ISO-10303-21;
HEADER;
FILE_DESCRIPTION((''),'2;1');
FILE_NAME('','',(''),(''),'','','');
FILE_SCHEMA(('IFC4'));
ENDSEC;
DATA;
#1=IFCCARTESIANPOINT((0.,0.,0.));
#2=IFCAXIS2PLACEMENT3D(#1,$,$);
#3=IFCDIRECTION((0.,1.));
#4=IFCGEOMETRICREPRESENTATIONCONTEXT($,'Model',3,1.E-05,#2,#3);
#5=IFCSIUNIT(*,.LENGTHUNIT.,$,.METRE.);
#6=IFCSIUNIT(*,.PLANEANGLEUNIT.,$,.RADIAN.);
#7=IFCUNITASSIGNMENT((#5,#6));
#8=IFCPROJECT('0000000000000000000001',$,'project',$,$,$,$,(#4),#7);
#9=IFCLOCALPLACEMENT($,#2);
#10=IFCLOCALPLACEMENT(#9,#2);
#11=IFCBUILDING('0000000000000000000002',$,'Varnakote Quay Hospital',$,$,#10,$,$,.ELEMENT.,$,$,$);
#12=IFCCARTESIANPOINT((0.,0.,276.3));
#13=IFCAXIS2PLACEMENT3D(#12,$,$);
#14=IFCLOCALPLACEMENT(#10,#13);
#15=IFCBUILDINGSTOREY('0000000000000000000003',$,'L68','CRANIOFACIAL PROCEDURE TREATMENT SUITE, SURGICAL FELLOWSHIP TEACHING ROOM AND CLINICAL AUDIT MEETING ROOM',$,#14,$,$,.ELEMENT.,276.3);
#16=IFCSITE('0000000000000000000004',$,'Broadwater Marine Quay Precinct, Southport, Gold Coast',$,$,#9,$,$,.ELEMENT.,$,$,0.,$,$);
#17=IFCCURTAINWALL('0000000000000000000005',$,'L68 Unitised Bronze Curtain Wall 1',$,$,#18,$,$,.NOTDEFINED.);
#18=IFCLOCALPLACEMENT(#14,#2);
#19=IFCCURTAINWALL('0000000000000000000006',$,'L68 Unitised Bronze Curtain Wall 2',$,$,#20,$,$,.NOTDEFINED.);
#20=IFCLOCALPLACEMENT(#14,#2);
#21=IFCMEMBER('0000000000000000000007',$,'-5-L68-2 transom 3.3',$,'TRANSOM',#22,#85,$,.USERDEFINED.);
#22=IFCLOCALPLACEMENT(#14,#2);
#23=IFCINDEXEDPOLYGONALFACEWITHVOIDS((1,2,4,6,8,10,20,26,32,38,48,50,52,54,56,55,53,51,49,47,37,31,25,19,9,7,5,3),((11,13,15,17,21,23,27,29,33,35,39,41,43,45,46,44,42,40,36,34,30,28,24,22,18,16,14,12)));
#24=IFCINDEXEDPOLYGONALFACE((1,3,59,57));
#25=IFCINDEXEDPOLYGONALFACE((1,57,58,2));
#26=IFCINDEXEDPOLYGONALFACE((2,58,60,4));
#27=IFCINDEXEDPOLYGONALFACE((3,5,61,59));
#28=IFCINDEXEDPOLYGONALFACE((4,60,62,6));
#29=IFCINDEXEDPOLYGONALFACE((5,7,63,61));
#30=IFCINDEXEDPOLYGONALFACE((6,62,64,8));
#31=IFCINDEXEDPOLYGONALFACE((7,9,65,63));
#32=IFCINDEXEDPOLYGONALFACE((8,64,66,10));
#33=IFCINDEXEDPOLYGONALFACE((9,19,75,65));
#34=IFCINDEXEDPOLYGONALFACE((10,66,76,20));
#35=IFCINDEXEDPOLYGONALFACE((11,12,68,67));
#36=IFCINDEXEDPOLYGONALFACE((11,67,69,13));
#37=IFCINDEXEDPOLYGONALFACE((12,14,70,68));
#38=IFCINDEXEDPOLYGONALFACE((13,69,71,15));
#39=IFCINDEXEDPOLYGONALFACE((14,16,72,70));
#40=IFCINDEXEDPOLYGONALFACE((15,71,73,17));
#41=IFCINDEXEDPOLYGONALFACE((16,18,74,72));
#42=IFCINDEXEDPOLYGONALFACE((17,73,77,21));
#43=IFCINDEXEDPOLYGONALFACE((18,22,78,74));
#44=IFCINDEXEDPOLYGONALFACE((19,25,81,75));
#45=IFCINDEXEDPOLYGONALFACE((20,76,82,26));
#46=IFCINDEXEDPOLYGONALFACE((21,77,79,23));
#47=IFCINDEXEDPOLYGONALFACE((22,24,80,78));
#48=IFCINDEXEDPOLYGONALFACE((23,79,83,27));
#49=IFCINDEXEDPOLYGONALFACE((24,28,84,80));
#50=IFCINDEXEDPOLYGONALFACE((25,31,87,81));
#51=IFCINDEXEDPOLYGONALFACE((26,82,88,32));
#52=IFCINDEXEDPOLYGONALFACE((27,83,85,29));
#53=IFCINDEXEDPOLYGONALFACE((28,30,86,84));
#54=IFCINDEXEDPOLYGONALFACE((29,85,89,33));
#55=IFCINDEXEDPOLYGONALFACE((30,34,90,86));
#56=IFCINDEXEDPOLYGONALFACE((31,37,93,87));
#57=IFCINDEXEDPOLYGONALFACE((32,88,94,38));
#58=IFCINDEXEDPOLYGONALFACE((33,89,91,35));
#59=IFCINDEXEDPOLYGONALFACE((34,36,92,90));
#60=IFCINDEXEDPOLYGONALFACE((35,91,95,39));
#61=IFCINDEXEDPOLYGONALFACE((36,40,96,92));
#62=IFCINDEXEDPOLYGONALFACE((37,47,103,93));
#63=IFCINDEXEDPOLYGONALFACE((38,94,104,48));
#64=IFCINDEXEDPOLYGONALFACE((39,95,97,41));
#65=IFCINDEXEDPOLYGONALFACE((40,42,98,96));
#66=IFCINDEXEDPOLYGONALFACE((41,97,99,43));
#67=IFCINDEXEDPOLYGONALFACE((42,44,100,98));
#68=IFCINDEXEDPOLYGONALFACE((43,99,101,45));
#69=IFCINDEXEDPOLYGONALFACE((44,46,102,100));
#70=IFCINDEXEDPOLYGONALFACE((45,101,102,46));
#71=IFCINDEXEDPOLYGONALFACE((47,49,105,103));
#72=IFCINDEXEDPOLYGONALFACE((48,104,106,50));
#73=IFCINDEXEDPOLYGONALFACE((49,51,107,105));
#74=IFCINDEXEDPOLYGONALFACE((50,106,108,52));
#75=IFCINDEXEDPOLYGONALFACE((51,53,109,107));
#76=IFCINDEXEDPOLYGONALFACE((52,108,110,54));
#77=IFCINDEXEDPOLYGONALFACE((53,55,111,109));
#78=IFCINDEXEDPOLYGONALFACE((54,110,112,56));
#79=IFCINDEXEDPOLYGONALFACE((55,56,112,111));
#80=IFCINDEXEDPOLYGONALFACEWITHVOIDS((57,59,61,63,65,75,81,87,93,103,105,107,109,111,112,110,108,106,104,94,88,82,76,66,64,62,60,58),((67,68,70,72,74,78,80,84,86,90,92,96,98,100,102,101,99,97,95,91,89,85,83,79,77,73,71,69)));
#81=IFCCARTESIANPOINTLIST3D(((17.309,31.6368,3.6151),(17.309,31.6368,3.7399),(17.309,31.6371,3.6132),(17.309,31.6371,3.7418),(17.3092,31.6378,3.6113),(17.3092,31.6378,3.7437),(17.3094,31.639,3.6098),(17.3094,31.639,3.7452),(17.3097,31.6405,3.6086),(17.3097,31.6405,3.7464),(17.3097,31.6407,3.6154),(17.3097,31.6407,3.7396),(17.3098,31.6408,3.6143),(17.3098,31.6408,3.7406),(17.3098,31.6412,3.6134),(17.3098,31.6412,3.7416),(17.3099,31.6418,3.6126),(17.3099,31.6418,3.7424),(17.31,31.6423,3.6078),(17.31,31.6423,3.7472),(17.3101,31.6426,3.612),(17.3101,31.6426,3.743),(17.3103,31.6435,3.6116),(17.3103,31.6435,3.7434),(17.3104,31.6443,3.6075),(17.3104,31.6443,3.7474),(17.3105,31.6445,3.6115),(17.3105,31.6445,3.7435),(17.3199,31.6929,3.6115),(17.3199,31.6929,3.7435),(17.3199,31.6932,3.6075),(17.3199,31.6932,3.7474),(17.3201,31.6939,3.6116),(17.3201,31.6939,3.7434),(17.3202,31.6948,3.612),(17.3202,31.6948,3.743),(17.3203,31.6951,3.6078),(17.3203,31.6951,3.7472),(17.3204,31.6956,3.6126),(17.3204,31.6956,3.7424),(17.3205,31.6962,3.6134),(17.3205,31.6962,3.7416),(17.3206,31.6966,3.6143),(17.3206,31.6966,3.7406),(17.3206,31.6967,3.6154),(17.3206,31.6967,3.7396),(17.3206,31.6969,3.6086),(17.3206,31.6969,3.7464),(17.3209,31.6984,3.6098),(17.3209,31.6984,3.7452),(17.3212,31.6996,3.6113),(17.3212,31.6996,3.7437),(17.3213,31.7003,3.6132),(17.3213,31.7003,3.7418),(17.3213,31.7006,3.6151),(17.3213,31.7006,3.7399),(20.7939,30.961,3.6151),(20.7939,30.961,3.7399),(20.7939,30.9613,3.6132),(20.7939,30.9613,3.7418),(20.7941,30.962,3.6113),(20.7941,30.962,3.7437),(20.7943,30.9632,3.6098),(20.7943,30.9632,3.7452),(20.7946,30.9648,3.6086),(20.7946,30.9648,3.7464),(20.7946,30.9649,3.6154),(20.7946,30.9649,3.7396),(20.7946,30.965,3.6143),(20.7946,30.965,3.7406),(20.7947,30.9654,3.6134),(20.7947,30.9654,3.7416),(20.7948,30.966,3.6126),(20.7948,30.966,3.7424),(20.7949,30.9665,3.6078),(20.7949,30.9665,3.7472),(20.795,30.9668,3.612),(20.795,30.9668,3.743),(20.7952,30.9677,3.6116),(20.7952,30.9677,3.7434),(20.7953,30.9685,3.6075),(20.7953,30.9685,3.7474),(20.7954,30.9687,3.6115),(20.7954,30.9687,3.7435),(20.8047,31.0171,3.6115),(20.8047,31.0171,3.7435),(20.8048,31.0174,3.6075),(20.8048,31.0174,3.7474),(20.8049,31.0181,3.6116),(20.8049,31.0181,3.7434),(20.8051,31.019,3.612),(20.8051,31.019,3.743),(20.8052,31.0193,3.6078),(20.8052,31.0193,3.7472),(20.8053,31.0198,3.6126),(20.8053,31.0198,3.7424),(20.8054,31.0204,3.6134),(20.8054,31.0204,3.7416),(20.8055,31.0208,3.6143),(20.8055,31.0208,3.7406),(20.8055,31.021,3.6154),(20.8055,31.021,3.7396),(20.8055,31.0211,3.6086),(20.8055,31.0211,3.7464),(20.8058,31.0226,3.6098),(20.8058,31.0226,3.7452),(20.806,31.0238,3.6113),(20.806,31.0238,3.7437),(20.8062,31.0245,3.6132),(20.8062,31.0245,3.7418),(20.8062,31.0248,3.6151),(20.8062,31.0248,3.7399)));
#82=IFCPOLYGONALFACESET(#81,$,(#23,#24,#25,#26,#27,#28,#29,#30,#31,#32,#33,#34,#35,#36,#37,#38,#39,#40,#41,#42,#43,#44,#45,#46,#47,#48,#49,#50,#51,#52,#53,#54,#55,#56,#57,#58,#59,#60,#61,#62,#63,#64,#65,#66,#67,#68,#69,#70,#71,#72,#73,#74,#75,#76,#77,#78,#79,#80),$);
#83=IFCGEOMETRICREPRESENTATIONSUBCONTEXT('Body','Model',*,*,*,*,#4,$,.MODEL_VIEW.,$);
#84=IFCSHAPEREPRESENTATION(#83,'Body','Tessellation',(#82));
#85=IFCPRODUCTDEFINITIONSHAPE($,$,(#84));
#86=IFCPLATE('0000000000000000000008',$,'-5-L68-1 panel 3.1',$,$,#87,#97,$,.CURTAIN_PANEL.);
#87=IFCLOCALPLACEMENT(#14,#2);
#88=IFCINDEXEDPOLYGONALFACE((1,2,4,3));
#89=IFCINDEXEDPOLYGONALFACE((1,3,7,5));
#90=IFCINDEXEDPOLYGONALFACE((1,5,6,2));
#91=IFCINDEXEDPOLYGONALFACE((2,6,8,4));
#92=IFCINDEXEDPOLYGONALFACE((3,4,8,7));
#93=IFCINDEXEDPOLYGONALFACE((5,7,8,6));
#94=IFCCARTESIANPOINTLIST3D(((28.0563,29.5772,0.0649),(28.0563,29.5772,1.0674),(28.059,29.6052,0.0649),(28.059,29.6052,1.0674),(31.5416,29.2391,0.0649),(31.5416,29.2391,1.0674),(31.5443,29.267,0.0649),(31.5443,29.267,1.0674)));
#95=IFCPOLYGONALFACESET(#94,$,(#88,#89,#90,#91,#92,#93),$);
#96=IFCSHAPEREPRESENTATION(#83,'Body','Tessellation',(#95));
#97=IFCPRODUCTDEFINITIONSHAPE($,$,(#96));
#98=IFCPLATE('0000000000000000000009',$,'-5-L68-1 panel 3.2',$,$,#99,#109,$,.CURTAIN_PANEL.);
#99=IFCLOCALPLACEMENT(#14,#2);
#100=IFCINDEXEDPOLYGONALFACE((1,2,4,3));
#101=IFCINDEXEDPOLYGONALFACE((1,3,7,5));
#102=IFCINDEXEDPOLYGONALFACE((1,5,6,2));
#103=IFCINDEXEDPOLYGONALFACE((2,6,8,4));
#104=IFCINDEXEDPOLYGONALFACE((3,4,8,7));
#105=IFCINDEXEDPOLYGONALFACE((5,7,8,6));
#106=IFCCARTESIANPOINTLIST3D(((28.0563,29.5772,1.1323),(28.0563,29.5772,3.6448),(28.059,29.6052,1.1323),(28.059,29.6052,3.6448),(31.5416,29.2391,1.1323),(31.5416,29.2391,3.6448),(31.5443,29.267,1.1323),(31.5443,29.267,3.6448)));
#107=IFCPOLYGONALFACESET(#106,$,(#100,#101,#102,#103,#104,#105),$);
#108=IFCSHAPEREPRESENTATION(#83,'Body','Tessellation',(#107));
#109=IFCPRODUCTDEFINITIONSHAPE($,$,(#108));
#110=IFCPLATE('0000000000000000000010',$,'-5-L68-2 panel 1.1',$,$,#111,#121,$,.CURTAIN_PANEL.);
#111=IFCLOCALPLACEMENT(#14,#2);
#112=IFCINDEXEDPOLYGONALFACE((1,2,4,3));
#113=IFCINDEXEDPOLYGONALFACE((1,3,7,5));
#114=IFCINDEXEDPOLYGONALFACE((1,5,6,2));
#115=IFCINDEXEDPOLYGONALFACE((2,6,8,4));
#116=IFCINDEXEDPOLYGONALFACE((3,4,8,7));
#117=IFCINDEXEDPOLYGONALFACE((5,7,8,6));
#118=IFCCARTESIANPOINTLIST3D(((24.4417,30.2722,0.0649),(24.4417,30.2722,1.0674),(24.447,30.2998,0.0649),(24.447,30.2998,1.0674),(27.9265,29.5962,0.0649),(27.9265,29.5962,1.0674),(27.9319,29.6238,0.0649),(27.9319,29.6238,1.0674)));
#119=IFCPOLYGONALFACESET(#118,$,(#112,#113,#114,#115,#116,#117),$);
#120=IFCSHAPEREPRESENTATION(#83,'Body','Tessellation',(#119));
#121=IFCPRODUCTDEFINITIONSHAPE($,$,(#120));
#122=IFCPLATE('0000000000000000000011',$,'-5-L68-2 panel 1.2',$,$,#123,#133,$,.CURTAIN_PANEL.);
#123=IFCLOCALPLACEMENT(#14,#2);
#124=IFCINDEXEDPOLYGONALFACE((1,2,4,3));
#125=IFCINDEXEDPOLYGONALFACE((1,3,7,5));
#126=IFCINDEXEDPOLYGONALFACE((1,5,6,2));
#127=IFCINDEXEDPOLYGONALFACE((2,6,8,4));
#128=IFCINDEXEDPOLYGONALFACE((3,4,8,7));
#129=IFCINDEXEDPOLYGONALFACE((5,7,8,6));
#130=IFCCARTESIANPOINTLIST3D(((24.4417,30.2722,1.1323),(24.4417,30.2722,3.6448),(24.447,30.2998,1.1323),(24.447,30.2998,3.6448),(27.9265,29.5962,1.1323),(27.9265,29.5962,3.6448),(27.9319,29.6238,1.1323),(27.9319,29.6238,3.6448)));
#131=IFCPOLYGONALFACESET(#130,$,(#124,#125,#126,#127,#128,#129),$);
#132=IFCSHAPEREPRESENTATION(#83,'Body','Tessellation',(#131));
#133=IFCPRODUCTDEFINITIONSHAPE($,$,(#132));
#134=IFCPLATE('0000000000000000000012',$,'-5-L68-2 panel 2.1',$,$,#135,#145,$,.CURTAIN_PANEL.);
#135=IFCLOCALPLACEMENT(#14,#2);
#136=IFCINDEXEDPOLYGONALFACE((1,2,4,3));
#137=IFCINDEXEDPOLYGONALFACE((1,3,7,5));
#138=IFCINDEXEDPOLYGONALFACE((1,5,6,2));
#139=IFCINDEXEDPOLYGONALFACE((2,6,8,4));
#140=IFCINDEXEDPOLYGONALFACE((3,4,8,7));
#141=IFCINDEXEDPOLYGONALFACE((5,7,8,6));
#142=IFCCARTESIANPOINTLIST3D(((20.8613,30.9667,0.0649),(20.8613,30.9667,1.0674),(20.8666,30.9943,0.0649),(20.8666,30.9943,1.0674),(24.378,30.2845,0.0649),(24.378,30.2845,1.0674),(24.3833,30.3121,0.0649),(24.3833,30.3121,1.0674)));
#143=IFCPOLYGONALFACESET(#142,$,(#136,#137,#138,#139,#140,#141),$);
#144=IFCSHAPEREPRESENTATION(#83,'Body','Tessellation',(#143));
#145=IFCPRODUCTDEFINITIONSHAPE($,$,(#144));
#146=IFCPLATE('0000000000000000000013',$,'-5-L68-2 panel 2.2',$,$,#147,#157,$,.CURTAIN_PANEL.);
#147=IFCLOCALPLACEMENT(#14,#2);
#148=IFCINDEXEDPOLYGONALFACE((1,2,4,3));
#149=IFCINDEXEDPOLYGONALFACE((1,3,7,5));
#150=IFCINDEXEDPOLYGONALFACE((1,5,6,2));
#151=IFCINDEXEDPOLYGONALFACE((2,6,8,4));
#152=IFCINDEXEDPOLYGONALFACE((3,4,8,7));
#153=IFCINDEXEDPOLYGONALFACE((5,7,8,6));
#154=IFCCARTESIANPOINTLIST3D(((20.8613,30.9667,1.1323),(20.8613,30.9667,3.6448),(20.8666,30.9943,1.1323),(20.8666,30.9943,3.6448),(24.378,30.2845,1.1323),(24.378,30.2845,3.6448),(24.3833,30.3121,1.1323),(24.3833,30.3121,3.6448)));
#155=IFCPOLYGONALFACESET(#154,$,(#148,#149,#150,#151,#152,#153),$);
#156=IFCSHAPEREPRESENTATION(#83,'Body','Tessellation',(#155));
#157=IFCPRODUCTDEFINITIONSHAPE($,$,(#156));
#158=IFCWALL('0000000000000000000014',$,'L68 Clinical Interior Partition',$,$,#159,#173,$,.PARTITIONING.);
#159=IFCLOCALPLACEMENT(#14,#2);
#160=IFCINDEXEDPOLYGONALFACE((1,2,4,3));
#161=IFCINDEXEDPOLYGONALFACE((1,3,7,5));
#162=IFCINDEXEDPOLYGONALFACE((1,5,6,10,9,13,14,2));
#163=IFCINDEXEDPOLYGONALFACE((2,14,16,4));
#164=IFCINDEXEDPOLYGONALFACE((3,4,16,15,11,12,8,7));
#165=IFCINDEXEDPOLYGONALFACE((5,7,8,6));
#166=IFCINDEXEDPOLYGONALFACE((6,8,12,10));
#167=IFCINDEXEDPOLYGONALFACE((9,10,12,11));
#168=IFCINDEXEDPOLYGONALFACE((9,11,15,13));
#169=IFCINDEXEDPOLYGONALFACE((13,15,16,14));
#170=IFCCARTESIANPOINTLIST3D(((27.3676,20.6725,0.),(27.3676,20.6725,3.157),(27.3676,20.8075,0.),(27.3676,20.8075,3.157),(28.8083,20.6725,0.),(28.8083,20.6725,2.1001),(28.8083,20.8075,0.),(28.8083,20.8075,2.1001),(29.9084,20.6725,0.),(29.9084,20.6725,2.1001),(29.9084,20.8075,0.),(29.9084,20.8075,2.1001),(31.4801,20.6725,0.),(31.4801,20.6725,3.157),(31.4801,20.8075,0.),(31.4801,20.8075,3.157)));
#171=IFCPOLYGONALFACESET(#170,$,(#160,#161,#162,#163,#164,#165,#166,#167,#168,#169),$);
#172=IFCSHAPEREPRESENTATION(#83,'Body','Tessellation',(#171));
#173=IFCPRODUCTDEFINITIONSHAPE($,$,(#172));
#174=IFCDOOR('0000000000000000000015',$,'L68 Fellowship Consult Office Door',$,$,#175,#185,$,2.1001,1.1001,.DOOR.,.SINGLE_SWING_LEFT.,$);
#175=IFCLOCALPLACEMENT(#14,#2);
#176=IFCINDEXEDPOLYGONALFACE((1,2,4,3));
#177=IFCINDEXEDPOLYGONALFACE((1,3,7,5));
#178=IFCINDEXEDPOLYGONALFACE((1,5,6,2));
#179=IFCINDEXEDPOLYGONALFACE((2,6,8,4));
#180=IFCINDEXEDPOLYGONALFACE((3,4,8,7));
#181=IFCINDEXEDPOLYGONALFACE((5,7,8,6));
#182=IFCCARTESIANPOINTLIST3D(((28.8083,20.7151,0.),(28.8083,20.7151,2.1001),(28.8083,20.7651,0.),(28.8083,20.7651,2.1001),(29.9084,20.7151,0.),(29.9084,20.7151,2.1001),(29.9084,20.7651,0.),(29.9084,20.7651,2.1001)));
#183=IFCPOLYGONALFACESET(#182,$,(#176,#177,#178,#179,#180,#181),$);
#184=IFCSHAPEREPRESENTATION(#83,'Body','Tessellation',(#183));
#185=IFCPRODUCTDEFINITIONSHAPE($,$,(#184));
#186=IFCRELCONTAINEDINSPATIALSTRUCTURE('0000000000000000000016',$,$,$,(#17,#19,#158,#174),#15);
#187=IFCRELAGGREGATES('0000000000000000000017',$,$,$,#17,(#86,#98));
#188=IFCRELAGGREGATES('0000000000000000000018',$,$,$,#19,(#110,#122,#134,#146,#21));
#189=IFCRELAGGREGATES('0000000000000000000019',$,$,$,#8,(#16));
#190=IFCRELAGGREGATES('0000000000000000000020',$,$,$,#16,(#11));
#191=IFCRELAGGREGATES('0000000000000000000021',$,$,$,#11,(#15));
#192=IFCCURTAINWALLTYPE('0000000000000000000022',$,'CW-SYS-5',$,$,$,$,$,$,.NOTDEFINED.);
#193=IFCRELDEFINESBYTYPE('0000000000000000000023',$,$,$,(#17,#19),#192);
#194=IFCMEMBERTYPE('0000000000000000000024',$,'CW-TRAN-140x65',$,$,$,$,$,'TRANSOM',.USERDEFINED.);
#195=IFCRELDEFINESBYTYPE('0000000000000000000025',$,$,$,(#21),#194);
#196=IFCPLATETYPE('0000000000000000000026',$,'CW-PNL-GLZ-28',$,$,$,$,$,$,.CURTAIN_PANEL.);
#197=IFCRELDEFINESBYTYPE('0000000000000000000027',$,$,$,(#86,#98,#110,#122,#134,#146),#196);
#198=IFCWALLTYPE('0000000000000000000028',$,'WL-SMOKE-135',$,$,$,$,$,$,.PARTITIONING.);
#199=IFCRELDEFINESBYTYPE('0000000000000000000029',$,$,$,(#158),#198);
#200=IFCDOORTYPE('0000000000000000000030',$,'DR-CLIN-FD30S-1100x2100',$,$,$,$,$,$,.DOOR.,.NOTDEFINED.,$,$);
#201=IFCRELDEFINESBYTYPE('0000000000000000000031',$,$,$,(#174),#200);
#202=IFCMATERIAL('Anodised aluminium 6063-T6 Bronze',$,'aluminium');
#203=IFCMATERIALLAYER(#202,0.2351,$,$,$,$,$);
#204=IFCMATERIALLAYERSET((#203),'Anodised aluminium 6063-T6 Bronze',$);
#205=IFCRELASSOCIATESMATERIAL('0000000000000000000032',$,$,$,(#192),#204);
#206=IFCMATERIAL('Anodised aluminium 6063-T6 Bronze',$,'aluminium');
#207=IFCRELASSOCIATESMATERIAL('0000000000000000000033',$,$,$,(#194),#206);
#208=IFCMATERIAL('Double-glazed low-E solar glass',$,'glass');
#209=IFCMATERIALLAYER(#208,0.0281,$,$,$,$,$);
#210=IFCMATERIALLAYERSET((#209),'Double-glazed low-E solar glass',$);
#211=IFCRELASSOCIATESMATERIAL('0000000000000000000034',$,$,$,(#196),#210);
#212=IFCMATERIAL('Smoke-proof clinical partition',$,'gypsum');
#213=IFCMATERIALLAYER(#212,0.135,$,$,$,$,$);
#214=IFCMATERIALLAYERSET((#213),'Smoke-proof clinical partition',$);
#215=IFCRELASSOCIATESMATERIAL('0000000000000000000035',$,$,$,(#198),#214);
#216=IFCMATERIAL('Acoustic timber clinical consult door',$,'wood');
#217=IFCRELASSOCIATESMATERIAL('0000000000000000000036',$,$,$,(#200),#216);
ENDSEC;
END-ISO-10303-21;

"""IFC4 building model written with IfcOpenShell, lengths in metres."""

from ifc_helpers import new_model, si_unit, direction, frame, frame_2d, origin, origin_2d, place, context, subcontext, project, spatial, rectangle, hollow_rectangle, extrude, material, layer, layer_set, material_profile, profile_set, type_object, element, fill, aggregate, save


model = new_model("IFC4")

# Units and contexts
model_context = context("Model", 3, precision=1e-05, world=origin(), true_north=direction((0.0, 1.0)))
body_context = subcontext(model_context, "Body", "Model", "MODEL_VIEW")
ifc_project = project(units=[si_unit("LENGTHUNIT", "METRE"), si_unit("PLANEANGLEUNIT", "RADIAN")], contexts=[model_context])

# Site, building, storey
site_placement = place(None, origin())
site = spatial("IfcSite", under=ifc_project, at=site_placement, Name="Broadwater Marine Quay Precinct, Southport, Gold Coast", CompositionType="ELEMENT", RefElevation=0.0)
building_placement = place(site_placement, origin())
building = spatial("IfcBuilding", under=site, at=building_placement, Name="Varnakote Quay Hospital", CompositionType="ELEMENT")
storey_placement = place(building_placement, frame((0.0, 0.0, 276.3)))
storey = spatial("IfcBuildingStorey", under=building, at=storey_placement, Name="L68", Description="CRANIOFACIAL PROCEDURE TREATMENT SUITE, SURGICAL FELLOWSHIP TEACHING ROOM AND CLINICAL AUDIT MEETING ROOM", CompositionType="ELEMENT", Elevation=276.3)

# Curtain wall
ifc_material_1 = material(Name="Anodised aluminium 6063-T6 Bronze", Category="aluminium")
ifc_layer_1 = layer(ifc_material_1, 0.2351)
ifc_layer_set_1 = layer_set([ifc_layer_1], Name="Anodised aluminium 6063-T6 Bronze")
curtain_wall_type = type_object("IfcCurtainWallType", Name="CW-SYS-5", PredefinedType="NOTDEFINED", material=ifc_layer_set_1)
curtain_wall_1_placement = place(storey_placement, origin())
curtain_wall_1 = element("IfcCurtainWall", 1, at=curtain_wall_1_placement, inside=storey, type_object=curtain_wall_type, Name="L68 Unitised Bronze Curtain Wall 1", PredefinedType="NOTDEFINED")

# Curtain wall
curtain_wall_2_placement = place(storey_placement, origin())
curtain_wall_2 = element("IfcCurtainWall", 2, at=curtain_wall_2_placement, inside=storey, type_object=curtain_wall_type, Name="L68 Unitised Bronze Curtain Wall 2", PredefinedType="NOTDEFINED")

# Member
ifc_material_2 = material(Name="Anodised aluminium 6063-T6 Bronze", Category="aluminium")
ifc_material_profile_1 = material_profile(ifc_material_2, hollow_rectangle(XDim=0.0649, YDim=0.1399, WallThickness=0.0039, InnerFilletRadius=0.0039, OuterFilletRadius=0.0076, at=origin_2d()), Name="CW-TRAN-140x65")
ifc_profile_set_1 = profile_set([ifc_material_profile_1], Name="Anodised aluminium 6063-T6 Bronze")
member_type_1 = type_object("IfcMemberType", Name="CW-TRAN-140x65", ElementType="TRANSOM", PredefinedType="USERDEFINED", material=ifc_profile_set_1)
member_1_placement = place(storey_placement, frame((20.8, 30.9929, 3.6775), z_axis=(-0.981712, 0.190373, 0.0), x_axis=(-0.190373, -0.981712, 0.0)))
member_1 = element("IfcMember", 3, at=member_1_placement, type_object=member_type_1, Name="-5-L68-2 transom 3.3", ObjectType="TRANSOM", PredefinedType="USERDEFINED", context=body_context, shape_type="SweptSolid", body=[
    extrude(hollow_rectangle(XDim=0.0649, YDim=0.1399, WallThickness=0.0039, InnerFilletRadius=0.0039, OuterFilletRadius=0.0076, at=origin_2d()), origin(), (0.0, 0.0, 1.0), 3.5498),
])

# Plates
ifc_material_3 = material(Name="Double-glazed low-E solar glass", Category="glass")
ifc_layer_2 = layer(ifc_material_3, 0.0281)
ifc_layer_set_2 = layer_set([ifc_layer_2], Name="Double-glazed low-E solar glass")
plate_type = type_object("IfcPlateType", Name="CW-PNL-GLZ-28", PredefinedType="CURTAIN_PANEL", material=ifc_layer_set_2)
plate_1_placement = place(storey_placement, frame((29.8003, 29.4221, 0.0649), z_axis=(0.0, 0.0, 1.0), x_axis=(-0.995326, 0.096569, 0.0)))
plate_1 = element("IfcPlate", 4, at=plate_1_placement, type_object=plate_type, Name="-5-L68-1 panel 3.1", PredefinedType="CURTAIN_PANEL", context=body_context, shape_type="SweptSolid", body=[
    extrude(rectangle(XDim=3.5017, YDim=0.0281, at=origin_2d()), origin(), (0.0, 0.0, 1.0), 1.0024),
])
plate_2_placement = place(storey_placement, frame((29.8003, 29.4221, 1.1323), z_axis=(0.0, 0.0, 1.0), x_axis=(-0.995326, 0.096569, 0.0)))
plate_2 = element("IfcPlate", 5, at=plate_2_placement, type_object=plate_type, Name="-5-L68-1 panel 3.2", PredefinedType="CURTAIN_PANEL", context=body_context, shape_type="SweptSolid", body=[
    extrude(rectangle(XDim=3.5017, YDim=0.0281, at=origin_2d()), origin(), (0.0, 0.0, 1.0), 2.5125),
])
aggregate(curtain_wall_1, [plate_1, plate_2])
plate_3_placement = place(storey_placement, frame((26.1868, 29.948, 0.0649), z_axis=(0.0, 0.0, 1.0), x_axis=(-0.9817, 0.190434, 0.0)))
plate_3 = element("IfcPlate", 6, at=plate_3_placement, type_object=plate_type, Name="-5-L68-2 panel 1.1", PredefinedType="CURTAIN_PANEL", context=body_context, shape_type="SweptSolid", body=[
    extrude(rectangle(XDim=3.5498, YDim=0.0281, at=origin_2d()), origin(), (0.0, 0.0, 1.0), 1.0024),
])
plate_4_placement = place(storey_placement, frame((26.1868, 29.948, 1.1323), z_axis=(0.0, 0.0, 1.0), x_axis=(-0.9817, 0.190434, 0.0)))
plate_4 = element("IfcPlate", 7, at=plate_4_placement, type_object=plate_type, Name="-5-L68-2 panel 1.2", PredefinedType="CURTAIN_PANEL", context=body_context, shape_type="SweptSolid", body=[
    extrude(rectangle(XDim=3.5498, YDim=0.0281, at=origin_2d()), origin(), (0.0, 0.0, 1.0), 2.5125),
])
plate_5_placement = place(storey_placement, frame((22.6223, 30.6394, 0.0649), z_axis=(0.0, 0.0, 1.0), x_axis=(-0.9817, 0.190434, 0.0)))
plate_5 = element("IfcPlate", 8, at=plate_5_placement, type_object=plate_type, Name="-5-L68-2 panel 2.1", PredefinedType="CURTAIN_PANEL", context=body_context, shape_type="SweptSolid", body=[
    extrude(rectangle(XDim=3.5823, YDim=0.0281, at=origin_2d()), origin(), (0.0, 0.0, 1.0), 1.0024),
])
plate_6_placement = place(storey_placement, frame((22.6223, 30.6394, 1.1323), z_axis=(0.0, 0.0, 1.0), x_axis=(-0.9817, 0.190434, 0.0)))
plate_6 = element("IfcPlate", 9, at=plate_6_placement, type_object=plate_type, Name="-5-L68-2 panel 2.2", PredefinedType="CURTAIN_PANEL", context=body_context, shape_type="SweptSolid", body=[
    extrude(rectangle(XDim=3.5823, YDim=0.0281, at=origin_2d()), origin(), (0.0, 0.0, 1.0), 2.5125),
])
aggregate(curtain_wall_2, [plate_3, plate_4, plate_5, plate_6, member_1])

# Wall, opening, door
ifc_material_4 = material(Name="Smoke-proof clinical partition", Category="gypsum")
ifc_layer_3 = layer(ifc_material_4, 0.135)
ifc_layer_set_3 = layer_set([ifc_layer_3], Name="Smoke-proof clinical partition")
wall_type = type_object("IfcWallType", Name="WL-SMOKE-135", PredefinedType="PARTITIONING", material=ifc_layer_set_3)
wall_1_placement = place(storey_placement, frame((31.48, 20.74, 0.0), z_axis=(0.0, 0.0, 1.0), x_axis=(-1.0, 0.0, 0.0)))
wall_1 = element("IfcWall", 10, at=wall_1_placement, inside=storey, type_object=wall_type, Name="L68 Clinical Interior Partition", PredefinedType="PARTITIONING", context=body_context, shape_type="SweptSolid", body=[
    extrude(rectangle(XDim=4.1125, YDim=0.135, at=frame_2d((2.0562, 0.0))), origin(), (0.0, 0.0, 1.0), 3.157),
])
opening_1_placement = place(wall_1_placement, frame((1.5715, 0.0, 0.0)))
opening_1 = element("IfcOpeningElement", 11, at=opening_1_placement, cuts=wall_1, PredefinedType="OPENING", context=body_context, shape_type="SweptSolid", body=[
    extrude(rectangle(XDim=1.1001, YDim=2.1001, at=frame_2d((0.55, 1.05))), frame((0.0, 0.0774, 0.0), z_axis=(0.0, -1.0, 0.0), x_axis=(1.0, 0.0, 0.0)), (0.0, 0.0, 1.0), 0.155),
])
ifc_material_5 = material(Name="Acoustic timber clinical consult door", Category="wood")
door_type = type_object("IfcDoorType", Name="DR-CLIN-FD30S-1100x2100", OperationType="NOTDEFINED", PredefinedType="DOOR", material=ifc_material_5)
door_1_placement = place(opening_1_placement, origin())
door_1 = element("IfcDoor", 12, at=door_1_placement, inside=storey, type_object=door_type, Name="L68 Fellowship Consult Office Door", OperationType="SINGLE_SWING_LEFT", OverallHeight=2.1001, OverallWidth=1.1001, PredefinedType="DOOR", context=body_context, shape_type="SweptSolid", body=[
    extrude(rectangle(XDim=1.1001, YDim=2.1001, at=frame_2d((0.55, 1.05))), frame((0.0, 0.0249, 0.0), z_axis=(0.0, -1.0, 0.0), x_axis=(1.0, 0.0, 0.0)), (0.0, 0.0, 1.0), 0.05),
])
fill(opening_1, door_1)

save(model, "model.ifc")
